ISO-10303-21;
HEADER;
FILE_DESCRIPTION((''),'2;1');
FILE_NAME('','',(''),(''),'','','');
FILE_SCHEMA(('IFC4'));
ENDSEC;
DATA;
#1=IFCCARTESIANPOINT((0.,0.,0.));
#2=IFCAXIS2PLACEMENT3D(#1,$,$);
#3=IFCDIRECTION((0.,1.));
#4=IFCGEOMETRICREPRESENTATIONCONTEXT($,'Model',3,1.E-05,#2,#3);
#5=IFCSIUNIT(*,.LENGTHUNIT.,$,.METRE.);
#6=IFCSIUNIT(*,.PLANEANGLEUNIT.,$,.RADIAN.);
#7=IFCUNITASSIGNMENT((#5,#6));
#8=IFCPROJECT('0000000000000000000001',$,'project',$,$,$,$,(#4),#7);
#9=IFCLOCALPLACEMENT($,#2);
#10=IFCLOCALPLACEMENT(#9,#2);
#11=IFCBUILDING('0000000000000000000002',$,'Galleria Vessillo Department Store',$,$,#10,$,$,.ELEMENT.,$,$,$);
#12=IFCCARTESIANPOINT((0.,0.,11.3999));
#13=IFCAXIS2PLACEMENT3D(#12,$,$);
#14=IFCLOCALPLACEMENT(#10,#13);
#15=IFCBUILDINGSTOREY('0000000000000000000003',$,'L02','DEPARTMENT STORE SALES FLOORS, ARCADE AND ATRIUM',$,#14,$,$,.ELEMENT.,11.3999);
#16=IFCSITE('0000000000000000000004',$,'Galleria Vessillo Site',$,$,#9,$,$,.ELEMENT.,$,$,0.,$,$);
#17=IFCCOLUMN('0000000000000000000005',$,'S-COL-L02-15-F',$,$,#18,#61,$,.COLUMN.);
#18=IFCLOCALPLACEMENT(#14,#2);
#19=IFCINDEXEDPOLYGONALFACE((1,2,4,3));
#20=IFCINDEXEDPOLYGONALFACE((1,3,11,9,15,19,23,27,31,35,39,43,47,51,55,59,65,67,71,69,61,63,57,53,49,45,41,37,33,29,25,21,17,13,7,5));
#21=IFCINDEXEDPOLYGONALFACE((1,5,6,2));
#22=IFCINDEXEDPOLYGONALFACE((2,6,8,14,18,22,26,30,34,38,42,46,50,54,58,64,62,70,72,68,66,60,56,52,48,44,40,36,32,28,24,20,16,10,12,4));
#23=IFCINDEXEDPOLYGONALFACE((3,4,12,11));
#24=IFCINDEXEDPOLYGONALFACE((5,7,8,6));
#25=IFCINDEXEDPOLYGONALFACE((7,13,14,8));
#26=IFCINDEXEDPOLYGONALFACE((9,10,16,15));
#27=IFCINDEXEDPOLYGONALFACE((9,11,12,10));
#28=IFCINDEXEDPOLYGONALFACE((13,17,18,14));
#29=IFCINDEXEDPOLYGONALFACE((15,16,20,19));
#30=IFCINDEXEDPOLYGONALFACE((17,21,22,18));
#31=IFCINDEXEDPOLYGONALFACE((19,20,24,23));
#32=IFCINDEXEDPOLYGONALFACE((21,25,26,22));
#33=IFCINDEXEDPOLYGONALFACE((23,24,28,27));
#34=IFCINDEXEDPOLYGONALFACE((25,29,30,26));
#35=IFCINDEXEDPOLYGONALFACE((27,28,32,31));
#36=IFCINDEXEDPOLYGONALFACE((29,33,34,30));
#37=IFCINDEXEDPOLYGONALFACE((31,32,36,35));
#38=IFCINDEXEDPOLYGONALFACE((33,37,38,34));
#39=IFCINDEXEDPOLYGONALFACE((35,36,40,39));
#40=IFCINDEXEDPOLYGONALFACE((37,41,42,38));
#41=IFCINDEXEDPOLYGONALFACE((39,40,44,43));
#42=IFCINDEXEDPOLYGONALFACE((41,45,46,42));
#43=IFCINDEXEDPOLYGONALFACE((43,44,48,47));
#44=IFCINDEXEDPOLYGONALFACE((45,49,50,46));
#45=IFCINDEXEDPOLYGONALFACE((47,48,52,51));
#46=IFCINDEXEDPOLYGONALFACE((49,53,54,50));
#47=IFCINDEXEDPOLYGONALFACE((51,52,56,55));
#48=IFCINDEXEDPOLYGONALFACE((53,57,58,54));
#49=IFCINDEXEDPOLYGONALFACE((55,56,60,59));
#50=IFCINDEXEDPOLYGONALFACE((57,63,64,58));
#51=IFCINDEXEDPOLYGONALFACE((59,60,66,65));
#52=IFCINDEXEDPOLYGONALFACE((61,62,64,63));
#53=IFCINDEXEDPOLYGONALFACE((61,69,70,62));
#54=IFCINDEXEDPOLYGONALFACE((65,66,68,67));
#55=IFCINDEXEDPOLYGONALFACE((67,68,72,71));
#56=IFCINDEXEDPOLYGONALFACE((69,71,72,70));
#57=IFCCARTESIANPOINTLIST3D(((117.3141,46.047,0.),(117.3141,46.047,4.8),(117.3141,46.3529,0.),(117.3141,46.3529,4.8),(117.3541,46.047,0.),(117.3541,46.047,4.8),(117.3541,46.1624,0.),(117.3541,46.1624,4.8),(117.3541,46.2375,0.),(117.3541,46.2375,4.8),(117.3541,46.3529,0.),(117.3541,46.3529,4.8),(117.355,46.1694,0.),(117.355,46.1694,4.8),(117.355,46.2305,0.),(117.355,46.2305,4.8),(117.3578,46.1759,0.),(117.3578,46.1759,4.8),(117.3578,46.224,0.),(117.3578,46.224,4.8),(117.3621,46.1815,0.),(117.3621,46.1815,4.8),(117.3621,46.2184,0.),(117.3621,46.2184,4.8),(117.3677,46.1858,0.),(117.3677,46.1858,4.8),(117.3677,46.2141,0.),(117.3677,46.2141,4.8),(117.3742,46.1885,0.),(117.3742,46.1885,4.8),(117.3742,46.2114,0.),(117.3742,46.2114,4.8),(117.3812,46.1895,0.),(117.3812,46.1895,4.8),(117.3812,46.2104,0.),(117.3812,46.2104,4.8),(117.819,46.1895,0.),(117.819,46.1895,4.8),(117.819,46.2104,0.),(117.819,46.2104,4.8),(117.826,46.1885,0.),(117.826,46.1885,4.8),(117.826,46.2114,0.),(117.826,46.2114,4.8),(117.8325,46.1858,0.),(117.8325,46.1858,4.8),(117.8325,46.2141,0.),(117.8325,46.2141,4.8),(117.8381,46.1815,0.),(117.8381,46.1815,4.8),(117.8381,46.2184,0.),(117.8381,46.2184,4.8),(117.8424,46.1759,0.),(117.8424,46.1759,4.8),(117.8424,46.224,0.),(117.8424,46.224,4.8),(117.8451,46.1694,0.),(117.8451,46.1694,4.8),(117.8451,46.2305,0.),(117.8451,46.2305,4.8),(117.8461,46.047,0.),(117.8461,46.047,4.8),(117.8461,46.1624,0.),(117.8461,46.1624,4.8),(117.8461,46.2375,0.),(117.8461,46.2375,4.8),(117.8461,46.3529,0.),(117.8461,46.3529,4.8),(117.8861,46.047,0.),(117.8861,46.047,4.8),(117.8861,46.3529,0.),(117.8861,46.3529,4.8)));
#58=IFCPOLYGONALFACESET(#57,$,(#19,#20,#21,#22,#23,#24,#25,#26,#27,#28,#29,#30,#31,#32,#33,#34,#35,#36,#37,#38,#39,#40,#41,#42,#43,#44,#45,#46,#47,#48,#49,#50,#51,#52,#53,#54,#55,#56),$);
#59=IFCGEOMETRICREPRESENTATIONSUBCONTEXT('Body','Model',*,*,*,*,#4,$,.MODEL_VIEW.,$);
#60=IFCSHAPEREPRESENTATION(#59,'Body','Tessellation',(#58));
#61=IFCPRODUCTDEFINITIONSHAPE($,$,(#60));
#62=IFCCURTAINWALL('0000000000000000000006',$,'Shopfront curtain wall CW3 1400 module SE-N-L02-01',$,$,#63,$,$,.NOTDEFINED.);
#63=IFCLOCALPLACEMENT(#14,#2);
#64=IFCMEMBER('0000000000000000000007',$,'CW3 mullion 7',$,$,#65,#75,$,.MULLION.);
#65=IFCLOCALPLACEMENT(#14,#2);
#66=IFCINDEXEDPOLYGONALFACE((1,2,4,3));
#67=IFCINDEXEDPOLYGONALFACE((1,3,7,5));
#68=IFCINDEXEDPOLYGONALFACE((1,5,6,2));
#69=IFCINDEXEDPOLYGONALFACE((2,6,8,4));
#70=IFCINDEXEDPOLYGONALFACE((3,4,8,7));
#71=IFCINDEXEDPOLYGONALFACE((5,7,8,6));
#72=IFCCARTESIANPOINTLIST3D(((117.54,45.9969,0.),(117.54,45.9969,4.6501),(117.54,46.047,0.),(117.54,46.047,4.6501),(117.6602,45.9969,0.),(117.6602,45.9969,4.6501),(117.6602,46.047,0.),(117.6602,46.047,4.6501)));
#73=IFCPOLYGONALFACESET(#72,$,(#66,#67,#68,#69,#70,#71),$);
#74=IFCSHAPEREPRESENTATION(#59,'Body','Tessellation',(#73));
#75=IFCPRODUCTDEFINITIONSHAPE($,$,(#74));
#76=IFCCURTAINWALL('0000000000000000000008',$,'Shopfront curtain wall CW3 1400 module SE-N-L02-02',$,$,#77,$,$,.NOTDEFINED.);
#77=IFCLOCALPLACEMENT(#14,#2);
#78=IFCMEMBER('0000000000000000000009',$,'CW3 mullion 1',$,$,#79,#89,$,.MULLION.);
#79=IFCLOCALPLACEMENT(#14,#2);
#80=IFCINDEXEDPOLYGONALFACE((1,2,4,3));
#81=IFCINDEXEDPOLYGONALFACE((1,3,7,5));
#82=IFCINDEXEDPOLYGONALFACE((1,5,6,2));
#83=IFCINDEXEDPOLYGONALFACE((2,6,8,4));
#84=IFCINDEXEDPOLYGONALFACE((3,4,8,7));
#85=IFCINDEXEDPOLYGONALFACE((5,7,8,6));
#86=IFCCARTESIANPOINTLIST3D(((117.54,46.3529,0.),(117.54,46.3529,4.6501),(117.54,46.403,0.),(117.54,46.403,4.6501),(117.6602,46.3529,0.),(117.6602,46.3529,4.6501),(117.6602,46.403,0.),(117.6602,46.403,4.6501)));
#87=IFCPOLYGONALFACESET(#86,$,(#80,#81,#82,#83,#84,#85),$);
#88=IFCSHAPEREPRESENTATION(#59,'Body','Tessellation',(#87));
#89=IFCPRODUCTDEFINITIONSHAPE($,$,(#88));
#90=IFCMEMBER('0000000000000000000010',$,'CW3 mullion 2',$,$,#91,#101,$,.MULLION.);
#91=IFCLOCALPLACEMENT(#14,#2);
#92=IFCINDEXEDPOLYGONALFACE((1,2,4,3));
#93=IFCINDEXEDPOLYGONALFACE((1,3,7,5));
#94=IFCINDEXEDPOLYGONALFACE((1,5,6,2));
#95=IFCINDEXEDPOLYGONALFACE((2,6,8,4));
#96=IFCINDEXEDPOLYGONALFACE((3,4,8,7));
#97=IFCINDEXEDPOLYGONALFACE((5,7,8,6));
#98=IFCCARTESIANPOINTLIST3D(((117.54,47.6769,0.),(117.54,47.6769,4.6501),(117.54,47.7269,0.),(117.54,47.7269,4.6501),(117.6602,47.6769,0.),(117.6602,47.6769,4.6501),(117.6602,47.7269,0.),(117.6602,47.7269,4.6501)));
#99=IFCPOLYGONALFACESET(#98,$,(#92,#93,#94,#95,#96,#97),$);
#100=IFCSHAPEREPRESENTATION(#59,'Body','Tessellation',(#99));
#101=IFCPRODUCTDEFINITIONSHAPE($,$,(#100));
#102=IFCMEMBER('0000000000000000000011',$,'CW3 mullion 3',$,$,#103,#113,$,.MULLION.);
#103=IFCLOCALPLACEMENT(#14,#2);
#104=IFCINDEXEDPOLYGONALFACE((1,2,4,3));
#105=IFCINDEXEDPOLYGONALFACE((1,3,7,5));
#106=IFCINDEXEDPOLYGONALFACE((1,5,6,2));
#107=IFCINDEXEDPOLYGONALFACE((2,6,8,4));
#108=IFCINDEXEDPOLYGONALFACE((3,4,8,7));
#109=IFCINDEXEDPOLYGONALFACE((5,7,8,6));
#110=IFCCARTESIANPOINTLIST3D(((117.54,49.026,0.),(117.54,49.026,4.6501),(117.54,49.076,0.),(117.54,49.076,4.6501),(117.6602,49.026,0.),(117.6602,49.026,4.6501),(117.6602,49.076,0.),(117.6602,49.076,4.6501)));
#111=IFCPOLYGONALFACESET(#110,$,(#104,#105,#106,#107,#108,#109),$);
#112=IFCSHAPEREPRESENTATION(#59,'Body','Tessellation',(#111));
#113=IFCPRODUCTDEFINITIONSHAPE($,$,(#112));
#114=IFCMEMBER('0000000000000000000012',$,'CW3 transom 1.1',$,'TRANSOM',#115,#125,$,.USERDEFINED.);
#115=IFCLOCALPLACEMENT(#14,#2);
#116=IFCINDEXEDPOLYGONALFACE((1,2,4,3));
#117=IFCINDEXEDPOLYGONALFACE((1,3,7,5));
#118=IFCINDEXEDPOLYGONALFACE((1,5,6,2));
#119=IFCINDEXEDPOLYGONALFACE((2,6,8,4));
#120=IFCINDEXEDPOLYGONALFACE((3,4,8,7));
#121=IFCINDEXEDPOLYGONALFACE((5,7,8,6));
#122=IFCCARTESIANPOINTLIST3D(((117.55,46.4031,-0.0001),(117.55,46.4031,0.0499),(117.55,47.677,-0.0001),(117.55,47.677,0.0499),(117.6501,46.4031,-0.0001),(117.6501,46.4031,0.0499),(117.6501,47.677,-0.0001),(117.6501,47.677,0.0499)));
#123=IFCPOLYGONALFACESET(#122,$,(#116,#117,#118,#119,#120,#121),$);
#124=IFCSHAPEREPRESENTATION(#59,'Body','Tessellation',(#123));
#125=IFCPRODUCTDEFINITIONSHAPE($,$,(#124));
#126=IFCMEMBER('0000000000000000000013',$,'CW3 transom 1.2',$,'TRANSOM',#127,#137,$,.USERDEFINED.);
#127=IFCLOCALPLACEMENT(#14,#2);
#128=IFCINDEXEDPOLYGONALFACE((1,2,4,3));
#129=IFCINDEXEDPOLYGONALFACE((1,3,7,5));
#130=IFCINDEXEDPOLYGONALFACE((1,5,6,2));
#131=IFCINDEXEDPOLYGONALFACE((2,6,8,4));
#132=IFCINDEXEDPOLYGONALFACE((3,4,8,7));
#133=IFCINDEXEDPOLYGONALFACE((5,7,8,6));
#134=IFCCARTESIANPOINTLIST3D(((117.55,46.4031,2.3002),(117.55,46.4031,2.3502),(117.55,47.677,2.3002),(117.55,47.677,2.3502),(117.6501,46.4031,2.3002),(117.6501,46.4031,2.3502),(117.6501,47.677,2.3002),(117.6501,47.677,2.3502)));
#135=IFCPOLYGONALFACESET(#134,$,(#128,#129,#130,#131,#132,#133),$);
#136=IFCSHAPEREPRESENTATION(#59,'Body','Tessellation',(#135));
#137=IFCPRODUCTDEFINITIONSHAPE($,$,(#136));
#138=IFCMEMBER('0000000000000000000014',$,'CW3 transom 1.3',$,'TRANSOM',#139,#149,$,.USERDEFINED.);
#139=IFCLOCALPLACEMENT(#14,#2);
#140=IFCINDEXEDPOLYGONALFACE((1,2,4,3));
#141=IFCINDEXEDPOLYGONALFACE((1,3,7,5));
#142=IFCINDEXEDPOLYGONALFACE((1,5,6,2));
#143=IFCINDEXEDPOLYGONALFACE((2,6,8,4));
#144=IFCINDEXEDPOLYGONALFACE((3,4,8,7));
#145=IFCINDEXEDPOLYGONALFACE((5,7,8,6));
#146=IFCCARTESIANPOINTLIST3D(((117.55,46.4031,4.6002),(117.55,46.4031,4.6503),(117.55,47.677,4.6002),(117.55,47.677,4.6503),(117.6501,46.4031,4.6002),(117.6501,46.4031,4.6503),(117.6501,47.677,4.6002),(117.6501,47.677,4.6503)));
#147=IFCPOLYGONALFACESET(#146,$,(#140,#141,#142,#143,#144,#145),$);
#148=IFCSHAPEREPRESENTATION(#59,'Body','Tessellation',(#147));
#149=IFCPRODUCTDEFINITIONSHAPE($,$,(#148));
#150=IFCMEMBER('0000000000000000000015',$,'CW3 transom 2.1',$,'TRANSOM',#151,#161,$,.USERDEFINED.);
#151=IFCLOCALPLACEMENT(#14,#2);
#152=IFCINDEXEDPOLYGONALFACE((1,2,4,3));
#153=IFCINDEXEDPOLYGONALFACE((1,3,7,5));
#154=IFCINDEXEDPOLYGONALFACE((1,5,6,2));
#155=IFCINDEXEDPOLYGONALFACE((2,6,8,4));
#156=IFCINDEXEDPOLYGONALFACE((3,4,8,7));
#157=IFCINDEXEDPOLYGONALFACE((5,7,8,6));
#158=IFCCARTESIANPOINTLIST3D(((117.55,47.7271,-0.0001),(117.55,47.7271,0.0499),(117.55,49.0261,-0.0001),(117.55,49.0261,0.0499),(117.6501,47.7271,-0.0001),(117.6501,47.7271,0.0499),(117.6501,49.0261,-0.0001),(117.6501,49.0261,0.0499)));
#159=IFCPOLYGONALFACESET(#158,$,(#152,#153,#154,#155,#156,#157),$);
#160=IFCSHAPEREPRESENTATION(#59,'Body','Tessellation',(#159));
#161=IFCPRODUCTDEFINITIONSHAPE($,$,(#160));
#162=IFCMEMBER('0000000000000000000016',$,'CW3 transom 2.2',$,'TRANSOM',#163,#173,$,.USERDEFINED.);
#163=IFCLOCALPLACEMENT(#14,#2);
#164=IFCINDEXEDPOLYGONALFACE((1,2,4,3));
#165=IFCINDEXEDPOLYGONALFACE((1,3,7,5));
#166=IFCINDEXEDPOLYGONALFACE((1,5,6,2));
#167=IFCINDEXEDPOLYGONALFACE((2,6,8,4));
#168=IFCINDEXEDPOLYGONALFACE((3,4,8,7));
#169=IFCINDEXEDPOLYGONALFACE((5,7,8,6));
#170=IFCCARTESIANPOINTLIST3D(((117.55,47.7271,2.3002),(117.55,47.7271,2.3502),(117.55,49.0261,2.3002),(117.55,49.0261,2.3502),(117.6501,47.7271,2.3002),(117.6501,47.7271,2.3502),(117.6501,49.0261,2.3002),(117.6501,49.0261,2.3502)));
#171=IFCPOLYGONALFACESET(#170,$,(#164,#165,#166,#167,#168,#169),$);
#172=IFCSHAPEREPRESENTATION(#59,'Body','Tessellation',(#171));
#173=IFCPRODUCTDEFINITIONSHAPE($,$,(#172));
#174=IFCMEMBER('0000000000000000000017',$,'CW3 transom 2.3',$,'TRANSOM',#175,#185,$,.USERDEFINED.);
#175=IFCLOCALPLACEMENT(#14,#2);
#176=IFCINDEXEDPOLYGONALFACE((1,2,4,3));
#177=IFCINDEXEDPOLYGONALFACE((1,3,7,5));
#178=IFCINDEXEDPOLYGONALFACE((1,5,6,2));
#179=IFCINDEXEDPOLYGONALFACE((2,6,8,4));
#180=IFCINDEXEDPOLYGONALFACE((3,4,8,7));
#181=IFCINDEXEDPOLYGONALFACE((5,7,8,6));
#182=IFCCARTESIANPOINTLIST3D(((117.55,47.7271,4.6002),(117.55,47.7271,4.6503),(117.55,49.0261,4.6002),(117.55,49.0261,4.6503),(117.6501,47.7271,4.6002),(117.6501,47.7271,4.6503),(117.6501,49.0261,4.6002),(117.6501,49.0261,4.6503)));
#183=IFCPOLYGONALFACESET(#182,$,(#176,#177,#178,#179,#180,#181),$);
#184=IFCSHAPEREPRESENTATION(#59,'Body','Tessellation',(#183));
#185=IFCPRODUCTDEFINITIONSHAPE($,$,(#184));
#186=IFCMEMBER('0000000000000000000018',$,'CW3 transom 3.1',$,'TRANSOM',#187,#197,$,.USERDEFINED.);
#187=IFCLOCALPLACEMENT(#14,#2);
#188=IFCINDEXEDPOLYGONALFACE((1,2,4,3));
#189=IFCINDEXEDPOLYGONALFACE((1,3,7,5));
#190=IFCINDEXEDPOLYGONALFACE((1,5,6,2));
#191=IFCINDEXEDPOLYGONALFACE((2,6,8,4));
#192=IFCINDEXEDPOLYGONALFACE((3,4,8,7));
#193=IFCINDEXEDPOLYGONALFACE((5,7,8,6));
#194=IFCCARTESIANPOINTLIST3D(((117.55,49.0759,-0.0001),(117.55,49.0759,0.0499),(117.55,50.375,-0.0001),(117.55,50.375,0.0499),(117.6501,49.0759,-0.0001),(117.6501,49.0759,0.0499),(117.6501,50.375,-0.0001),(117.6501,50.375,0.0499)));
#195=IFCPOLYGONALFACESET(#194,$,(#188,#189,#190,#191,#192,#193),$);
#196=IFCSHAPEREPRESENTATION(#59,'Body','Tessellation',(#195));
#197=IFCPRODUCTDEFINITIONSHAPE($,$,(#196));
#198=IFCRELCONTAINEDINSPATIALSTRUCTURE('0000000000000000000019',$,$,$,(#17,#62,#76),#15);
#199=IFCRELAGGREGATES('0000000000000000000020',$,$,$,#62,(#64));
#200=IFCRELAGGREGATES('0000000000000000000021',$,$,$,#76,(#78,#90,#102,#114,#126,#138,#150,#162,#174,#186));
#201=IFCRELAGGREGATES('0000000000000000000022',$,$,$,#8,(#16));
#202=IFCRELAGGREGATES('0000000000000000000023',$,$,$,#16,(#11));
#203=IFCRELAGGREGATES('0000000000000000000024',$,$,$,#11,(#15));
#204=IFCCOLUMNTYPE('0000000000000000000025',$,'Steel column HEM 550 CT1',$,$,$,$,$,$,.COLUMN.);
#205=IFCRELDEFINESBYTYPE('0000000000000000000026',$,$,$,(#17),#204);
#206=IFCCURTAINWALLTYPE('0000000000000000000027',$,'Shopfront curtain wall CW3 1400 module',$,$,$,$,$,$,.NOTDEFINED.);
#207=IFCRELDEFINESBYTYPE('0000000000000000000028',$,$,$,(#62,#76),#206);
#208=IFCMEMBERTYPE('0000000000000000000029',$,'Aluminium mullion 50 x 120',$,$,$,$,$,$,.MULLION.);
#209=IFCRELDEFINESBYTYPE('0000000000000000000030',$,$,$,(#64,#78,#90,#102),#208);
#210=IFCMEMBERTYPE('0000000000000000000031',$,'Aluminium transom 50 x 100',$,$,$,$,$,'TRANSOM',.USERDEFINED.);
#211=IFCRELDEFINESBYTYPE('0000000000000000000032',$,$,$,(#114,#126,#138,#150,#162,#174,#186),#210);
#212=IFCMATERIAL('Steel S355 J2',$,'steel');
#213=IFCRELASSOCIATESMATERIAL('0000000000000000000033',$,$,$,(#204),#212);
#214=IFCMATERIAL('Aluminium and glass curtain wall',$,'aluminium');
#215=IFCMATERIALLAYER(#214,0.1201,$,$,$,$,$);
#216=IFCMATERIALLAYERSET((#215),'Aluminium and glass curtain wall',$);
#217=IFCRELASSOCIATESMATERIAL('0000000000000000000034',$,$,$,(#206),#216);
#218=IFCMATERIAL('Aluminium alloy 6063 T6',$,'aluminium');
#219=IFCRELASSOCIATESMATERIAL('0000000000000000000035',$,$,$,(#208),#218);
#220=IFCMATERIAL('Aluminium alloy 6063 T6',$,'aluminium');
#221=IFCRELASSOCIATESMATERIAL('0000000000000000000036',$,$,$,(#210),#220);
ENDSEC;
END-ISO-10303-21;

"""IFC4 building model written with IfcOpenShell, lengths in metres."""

from ifc_helpers import new_model, si_unit, direction, frame, origin, origin_2d, place, context, subcontext, project, spatial, rectangle, i_section, extrude, material, layer, layer_set, material_profile, profile_set, type_object, element, aggregate, save


model = new_model("IFC4")

# Units and contexts
model_context = context("Model", 3, precision=1e-05, world=origin(), true_north=direction((0.0, 1.0)))
body_context = subcontext(model_context, "Body", "Model", "MODEL_VIEW")
ifc_project = project(units=[si_unit("LENGTHUNIT", "METRE"), si_unit("PLANEANGLEUNIT", "RADIAN")], contexts=[model_context])

# Site, building, storey
site_placement = place(None, origin())
site = spatial("IfcSite", under=ifc_project, at=site_placement, Name="Galleria Vessillo Site", CompositionType="ELEMENT", RefElevation=0.0)
building_placement = place(site_placement, origin())
building = spatial("IfcBuilding", under=site, at=building_placement, Name="Galleria Vessillo Department Store", CompositionType="ELEMENT")
storey_placement = place(building_placement, frame((0.0, 0.0, 11.3999)))
storey = spatial("IfcBuildingStorey", under=building, at=storey_placement, Name="L02", Description="DEPARTMENT STORE SALES FLOORS, ARCADE AND ATRIUM", CompositionType="ELEMENT", Elevation=11.3999)

# Column
ifc_material_1 = material(Name="Steel S355 J2", Category="steel")
ifc_material_profile_1 = material_profile(ifc_material_1, i_section(OverallWidth=0.3059, OverallDepth=0.572, WebThickness=0.021, FlangeThickness=0.04, FilletRadius=0.0271, at=origin_2d()), Name="HEM 550")
ifc_profile_set_1 = profile_set([ifc_material_profile_1], Name="Steel S355 J2")
column_type = type_object("IfcColumnType", Name="Steel column HEM 550 CT1", PredefinedType="COLUMN", material=ifc_profile_set_1)
column_placement = place(storey_placement, frame((117.6001, 46.2, 0.0), z_axis=(0.0, 0.0, 1.0), x_axis=(0.0, 1.0, 0.0)))
element("IfcColumn", 1, at=column_placement, inside=storey, type_object=column_type, Name="S-COL-L02-15-F", PredefinedType="COLUMN", context=body_context, shape_type="SweptSolid", body=[
    extrude(i_section(OverallWidth=0.3059, OverallDepth=0.572, WebThickness=0.021, FlangeThickness=0.04, FilletRadius=0.0271, at=origin_2d()), origin(), (0.0, 0.0, 1.0), 4.8),
])

# Curtain wall, member
ifc_material_2 = material(Name="Aluminium and glass curtain wall", Category="aluminium")
ifc_layer_1 = layer(ifc_material_2, 0.1201)
ifc_layer_set_1 = layer_set([ifc_layer_1], Name="Aluminium and glass curtain wall")
curtain_wall_type = type_object("IfcCurtainWallType", Name="Shopfront curtain wall CW3 1400 module", PredefinedType="NOTDEFINED", material=ifc_layer_set_1)
curtain_wall_1_placement = place(storey_placement, origin())
curtain_wall_1 = element("IfcCurtainWall", 2, at=curtain_wall_1_placement, inside=storey, type_object=curtain_wall_type, Name="Shopfront curtain wall CW3 1400 module SE-N-L02-01", PredefinedType="NOTDEFINED")
ifc_material_3 = material(Name="Aluminium alloy 6063 T6", Category="aluminium")
ifc_material_profile_2 = material_profile(ifc_material_3, rectangle(XDim=0.1201, YDim=0.05, at=origin_2d()), Name="AL 50x120")
ifc_profile_set_2 = profile_set([ifc_material_profile_2], Name="Aluminium alloy 6063 T6")
member_type_1 = type_object("IfcMemberType", Name="Aluminium mullion 50 x 120", PredefinedType="MULLION", material=ifc_profile_set_2)
member_1_placement = place(storey_placement, frame((117.6001, 46.022, 0.0), z_axis=(0.0, 0.0, 1.0), x_axis=(-1.0, 0.0, 0.0)))
member_1 = element("IfcMember", 3, at=member_1_placement, type_object=member_type_1, Name="CW3 mullion 7", PredefinedType="MULLION", context=body_context, shape_type="SweptSolid", body=[
    extrude(rectangle(XDim=0.1201, YDim=0.05, at=origin_2d()), origin(), (0.0, 0.0, 1.0), 4.6501),
])
aggregate(curtain_wall_1, [member_1])

# Curtain wall, members
curtain_wall_2_placement = place(storey_placement, origin())
curtain_wall_2 = element("IfcCurtainWall", 4, at=curtain_wall_2_placement, inside=storey, type_object=curtain_wall_type, Name="Shopfront curtain wall CW3 1400 module SE-N-L02-02", PredefinedType="NOTDEFINED")
member_2_placement = place(storey_placement, frame((117.6001, 46.3779, 0.0), z_axis=(0.0, 0.0, 1.0), x_axis=(-1.0, 0.0, 0.0)))
member_2 = element("IfcMember", 5, at=member_2_placement, type_object=member_type_1, Name="CW3 mullion 1", PredefinedType="MULLION", context=body_context, shape_type="SweptSolid", body=[
    extrude(rectangle(XDim=0.1201, YDim=0.05, at=origin_2d()), origin(), (0.0, 0.0, 1.0), 4.6501),
])
member_3_placement = place(storey_placement, frame((117.6001, 47.7019, 0.0), z_axis=(0.0, 0.0, 1.0), x_axis=(-1.0, 0.0, 0.0)))
member_3 = element("IfcMember", 6, at=member_3_placement, type_object=member_type_1, Name="CW3 mullion 2", PredefinedType="MULLION", context=body_context, shape_type="SweptSolid", body=[
    extrude(rectangle(XDim=0.1201, YDim=0.05, at=origin_2d()), origin(), (0.0, 0.0, 1.0), 4.6501),
])
member_4_placement = place(storey_placement, frame((117.6001, 49.051, 0.0), z_axis=(0.0, 0.0, 1.0), x_axis=(-1.0, 0.0, 0.0)))
member_4 = element("IfcMember", 7, at=member_4_placement, type_object=member_type_1, Name="CW3 mullion 3", PredefinedType="MULLION", context=body_context, shape_type="SweptSolid", body=[
    extrude(rectangle(XDim=0.1201, YDim=0.05, at=origin_2d()), origin(), (0.0, 0.0, 1.0), 4.6501),
])
ifc_material_4 = material(Name="Aluminium alloy 6063 T6", Category="aluminium")
ifc_material_profile_3 = material_profile(ifc_material_4, rectangle(XDim=0.1001, YDim=0.05, at=origin_2d()), Name="AL 50x100")
ifc_profile_set_3 = profile_set([ifc_material_profile_3], Name="Aluminium alloy 6063 T6")
member_type_2 = type_object("IfcMemberType", Name="Aluminium transom 50 x 100", ElementType="TRANSOM", PredefinedType="USERDEFINED", material=ifc_profile_set_3)
member_5_placement = place(storey_placement, frame((117.6001, 46.4031, 0.0249), z_axis=(0.0, 1.0, 0.0), x_axis=(-1.0, 0.0, 0.0)))
member_5 = element("IfcMember", 8, at=member_5_placement, type_object=member_type_2, Name="CW3 transom 1.1", ObjectType="TRANSOM", PredefinedType="USERDEFINED", context=body_context, shape_type="SweptSolid", body=[
    extrude(rectangle(XDim=0.1001, YDim=0.05, at=origin_2d()), origin(), (0.0, 0.0, 1.0), 1.2739),
])
member_6_placement = place(storey_placement, frame((117.6001, 46.4031, 2.3252), z_axis=(0.0, 1.0, 0.0), x_axis=(-1.0, 0.0, 0.0)))
member_6 = element("IfcMember", 9, at=member_6_placement, type_object=member_type_2, Name="CW3 transom 1.2", ObjectType="TRANSOM", PredefinedType="USERDEFINED", context=body_context, shape_type="SweptSolid", body=[
    extrude(rectangle(XDim=0.1001, YDim=0.05, at=origin_2d()), origin(), (0.0, 0.0, 1.0), 1.2739),
])
member_7_placement = place(storey_placement, frame((117.6001, 46.4031, 4.6252), z_axis=(0.0, 1.0, 0.0), x_axis=(-1.0, 0.0, 0.0)))
member_7 = element("IfcMember", 10, at=member_7_placement, type_object=member_type_2, Name="CW3 transom 1.3", ObjectType="TRANSOM", PredefinedType="USERDEFINED", context=body_context, shape_type="SweptSolid", body=[
    extrude(rectangle(XDim=0.1001, YDim=0.05, at=origin_2d()), origin(), (0.0, 0.0, 1.0), 1.2739),
])
member_8_placement = place(storey_placement, frame((117.6001, 47.7271, 0.0249), z_axis=(0.0, 1.0, 0.0), x_axis=(-1.0, 0.0, 0.0)))
member_8 = element("IfcMember", 11, at=member_8_placement, type_object=member_type_2, Name="CW3 transom 2.1", ObjectType="TRANSOM", PredefinedType="USERDEFINED", context=body_context, shape_type="SweptSolid", body=[
    extrude(rectangle(XDim=0.1001, YDim=0.05, at=origin_2d()), origin(), (0.0, 0.0, 1.0), 1.2991),
])
member_9_placement = place(storey_placement, frame((117.6001, 47.7271, 2.3252), z_axis=(0.0, 1.0, 0.0), x_axis=(-1.0, 0.0, 0.0)))
member_9 = element("IfcMember", 12, at=member_9_placement, type_object=member_type_2, Name="CW3 transom 2.2", ObjectType="TRANSOM", PredefinedType="USERDEFINED", context=body_context, shape_type="SweptSolid", body=[
    extrude(rectangle(XDim=0.1001, YDim=0.05, at=origin_2d()), origin(), (0.0, 0.0, 1.0), 1.2991),
])
member_10_placement = place(storey_placement, frame((117.6001, 47.7271, 4.6252), z_axis=(0.0, 1.0, 0.0), x_axis=(-1.0, 0.0, 0.0)))
member_10 = element("IfcMember", 13, at=member_10_placement, type_object=member_type_2, Name="CW3 transom 2.3", ObjectType="TRANSOM", PredefinedType="USERDEFINED", context=body_context, shape_type="SweptSolid", body=[
    extrude(rectangle(XDim=0.1001, YDim=0.05, at=origin_2d()), origin(), (0.0, 0.0, 1.0), 1.2991),
])
member_11_placement = place(storey_placement, frame((117.6001, 49.0759, 0.0249), z_axis=(0.0, 1.0, 0.0), x_axis=(-1.0, 0.0, 0.0)))
member_11 = element("IfcMember", 14, at=member_11_placement, type_object=member_type_2, Name="CW3 transom 3.1", ObjectType="TRANSOM", PredefinedType="USERDEFINED", context=body_context, shape_type="SweptSolid", body=[
    extrude(rectangle(XDim=0.1001, YDim=0.05, at=origin_2d()), origin(), (0.0, 0.0, 1.0), 1.2991),
])

aggregate(curtain_wall_2, [member_2, member_3, member_4, member_5, member_6, member_7, member_8, member_9, member_10, member_11])

save(model, "model.ifc")
